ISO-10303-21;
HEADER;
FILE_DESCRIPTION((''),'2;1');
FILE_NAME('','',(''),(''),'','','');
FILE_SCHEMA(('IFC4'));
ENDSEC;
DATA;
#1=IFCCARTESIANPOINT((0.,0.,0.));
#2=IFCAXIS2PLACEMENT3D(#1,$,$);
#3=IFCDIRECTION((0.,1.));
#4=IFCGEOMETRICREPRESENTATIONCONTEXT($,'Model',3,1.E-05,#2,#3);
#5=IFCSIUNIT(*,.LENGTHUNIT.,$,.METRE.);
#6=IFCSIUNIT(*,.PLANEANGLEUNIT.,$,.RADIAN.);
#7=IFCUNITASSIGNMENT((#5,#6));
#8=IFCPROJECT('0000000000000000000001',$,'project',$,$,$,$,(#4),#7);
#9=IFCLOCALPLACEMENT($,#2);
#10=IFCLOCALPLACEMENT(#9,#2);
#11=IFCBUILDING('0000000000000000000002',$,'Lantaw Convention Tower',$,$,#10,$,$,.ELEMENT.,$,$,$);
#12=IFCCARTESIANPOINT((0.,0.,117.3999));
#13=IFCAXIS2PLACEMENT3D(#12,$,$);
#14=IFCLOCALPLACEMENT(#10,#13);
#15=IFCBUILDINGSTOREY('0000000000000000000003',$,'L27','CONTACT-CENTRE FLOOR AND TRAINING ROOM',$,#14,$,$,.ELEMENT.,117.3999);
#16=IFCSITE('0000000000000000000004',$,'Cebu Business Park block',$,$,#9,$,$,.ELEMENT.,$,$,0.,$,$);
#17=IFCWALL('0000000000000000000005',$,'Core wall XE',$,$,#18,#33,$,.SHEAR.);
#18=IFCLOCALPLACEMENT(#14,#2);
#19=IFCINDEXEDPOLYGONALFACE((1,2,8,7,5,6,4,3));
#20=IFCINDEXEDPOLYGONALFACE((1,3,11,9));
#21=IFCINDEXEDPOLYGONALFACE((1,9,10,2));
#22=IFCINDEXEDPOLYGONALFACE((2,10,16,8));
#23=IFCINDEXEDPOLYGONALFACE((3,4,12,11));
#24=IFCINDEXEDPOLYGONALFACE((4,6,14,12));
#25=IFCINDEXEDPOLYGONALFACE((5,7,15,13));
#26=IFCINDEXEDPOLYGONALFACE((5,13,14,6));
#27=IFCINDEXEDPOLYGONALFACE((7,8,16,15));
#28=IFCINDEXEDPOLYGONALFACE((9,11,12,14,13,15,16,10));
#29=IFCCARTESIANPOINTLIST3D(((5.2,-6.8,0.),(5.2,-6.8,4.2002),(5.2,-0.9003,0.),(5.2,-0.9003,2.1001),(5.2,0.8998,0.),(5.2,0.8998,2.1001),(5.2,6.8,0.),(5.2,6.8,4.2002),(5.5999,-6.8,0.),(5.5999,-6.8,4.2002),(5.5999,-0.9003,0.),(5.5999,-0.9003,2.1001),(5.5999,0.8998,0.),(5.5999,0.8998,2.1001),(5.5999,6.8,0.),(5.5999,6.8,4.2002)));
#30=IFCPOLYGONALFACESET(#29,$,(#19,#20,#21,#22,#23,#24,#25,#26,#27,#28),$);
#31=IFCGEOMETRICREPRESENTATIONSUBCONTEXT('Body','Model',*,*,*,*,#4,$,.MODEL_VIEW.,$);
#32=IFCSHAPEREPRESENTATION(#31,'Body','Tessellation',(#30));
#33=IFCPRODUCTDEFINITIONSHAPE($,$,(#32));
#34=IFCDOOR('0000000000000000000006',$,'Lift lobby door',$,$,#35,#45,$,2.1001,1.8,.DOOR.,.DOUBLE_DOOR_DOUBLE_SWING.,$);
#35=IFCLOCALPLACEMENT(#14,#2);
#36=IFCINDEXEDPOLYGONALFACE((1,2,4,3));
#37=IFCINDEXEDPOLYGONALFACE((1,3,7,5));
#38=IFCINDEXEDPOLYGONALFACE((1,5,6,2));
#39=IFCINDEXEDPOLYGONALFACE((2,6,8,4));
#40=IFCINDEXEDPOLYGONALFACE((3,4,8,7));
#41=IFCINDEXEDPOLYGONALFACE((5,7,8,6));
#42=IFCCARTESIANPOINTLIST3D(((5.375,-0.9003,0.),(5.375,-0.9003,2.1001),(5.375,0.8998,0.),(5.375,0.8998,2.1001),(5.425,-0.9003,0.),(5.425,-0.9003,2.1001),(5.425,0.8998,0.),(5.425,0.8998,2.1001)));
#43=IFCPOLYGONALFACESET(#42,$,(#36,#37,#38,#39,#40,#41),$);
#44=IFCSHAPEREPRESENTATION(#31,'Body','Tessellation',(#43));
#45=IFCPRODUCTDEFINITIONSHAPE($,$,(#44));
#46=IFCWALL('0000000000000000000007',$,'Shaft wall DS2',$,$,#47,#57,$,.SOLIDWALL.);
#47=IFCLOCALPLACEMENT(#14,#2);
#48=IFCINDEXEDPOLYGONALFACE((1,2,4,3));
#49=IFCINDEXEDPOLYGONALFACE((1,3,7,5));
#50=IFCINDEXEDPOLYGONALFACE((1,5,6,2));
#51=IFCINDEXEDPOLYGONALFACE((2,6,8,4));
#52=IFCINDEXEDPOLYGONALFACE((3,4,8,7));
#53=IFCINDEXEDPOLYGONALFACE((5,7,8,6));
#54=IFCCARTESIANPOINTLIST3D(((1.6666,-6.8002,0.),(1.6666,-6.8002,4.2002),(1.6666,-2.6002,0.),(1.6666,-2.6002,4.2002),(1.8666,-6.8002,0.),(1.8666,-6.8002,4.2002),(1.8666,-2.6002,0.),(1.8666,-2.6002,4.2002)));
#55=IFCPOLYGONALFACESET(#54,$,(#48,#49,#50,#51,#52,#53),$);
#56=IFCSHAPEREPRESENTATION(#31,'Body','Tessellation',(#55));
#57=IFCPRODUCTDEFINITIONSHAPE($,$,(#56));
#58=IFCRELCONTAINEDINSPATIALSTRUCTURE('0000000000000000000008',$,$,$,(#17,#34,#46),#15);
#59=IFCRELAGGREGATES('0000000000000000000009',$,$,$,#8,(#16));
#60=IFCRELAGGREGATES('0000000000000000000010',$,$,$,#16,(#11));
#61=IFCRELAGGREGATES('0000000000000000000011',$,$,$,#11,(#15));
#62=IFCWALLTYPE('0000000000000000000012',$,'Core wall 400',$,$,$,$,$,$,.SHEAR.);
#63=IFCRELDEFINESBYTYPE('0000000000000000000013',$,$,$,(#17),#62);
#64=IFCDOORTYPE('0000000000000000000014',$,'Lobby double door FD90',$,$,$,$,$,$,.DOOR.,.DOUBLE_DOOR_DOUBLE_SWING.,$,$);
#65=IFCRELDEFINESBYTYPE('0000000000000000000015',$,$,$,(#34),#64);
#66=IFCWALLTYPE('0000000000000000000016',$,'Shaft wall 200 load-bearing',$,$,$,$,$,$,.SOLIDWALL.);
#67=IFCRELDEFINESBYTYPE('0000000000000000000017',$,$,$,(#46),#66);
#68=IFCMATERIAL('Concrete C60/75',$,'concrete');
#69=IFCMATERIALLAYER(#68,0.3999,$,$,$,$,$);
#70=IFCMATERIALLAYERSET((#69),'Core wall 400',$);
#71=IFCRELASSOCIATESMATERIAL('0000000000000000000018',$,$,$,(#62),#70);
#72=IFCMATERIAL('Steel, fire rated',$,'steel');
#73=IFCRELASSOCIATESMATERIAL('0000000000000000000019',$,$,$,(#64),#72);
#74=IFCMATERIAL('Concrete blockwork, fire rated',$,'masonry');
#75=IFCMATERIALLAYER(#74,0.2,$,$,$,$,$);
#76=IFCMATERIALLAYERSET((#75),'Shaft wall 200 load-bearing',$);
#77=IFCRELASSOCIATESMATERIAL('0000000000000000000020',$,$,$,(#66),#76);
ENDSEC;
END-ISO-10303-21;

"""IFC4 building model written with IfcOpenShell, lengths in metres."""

from ifc_helpers import new_model, si_unit, direction, frame, frame_2d, origin, place, context, subcontext, project, spatial, rectangle, extrude, material, layer, layer_set, type_object, element, fill, save


model = new_model("IFC4")

# Units and contexts
model_context = context("Model", 3, precision=1e-05, world=origin(), true_north=direction((0.0, 1.0)))
body_context = subcontext(model_context, "Body", "Model", "MODEL_VIEW")
ifc_project = project(units=[si_unit("LENGTHUNIT", "METRE"), si_unit("PLANEANGLEUNIT", "RADIAN")], contexts=[model_context])

# Site, building, storey
site_placement = place(None, origin())
site = spatial("IfcSite", under=ifc_project, at=site_placement, Name="Cebu Business Park block", CompositionType="ELEMENT", RefElevation=0.0)
building_placement = place(site_placement, origin())
building = spatial("IfcBuilding", under=site, at=building_placement, Name="Lantaw Convention Tower", CompositionType="ELEMENT")
storey_placement = place(building_placement, frame((0.0, 0.0, 117.3999)))
storey = spatial("IfcBuildingStorey", under=building, at=storey_placement, Name="L27", Description="CONTACT-CENTRE FLOOR AND TRAINING ROOM", CompositionType="ELEMENT", Elevation=117.3999)

# Wall, opening, door
ifc_material_1 = material(Name="Concrete C60/75", Category="concrete")
ifc_material_2 = material(Name="Steel, fire rated", Category="steel")
ifc_layer_1 = layer(ifc_material_1, 0.3999)
ifc_layer_set_1 = layer_set([ifc_layer_1], Name="Core wall 400")
wall_type_1 = type_object("IfcWallType", Name="Core wall 400", PredefinedType="SHEAR", material=ifc_layer_set_1)
wall_1_placement = place(storey_placement, frame((5.3999, -6.8, 0.0), z_axis=(0.0, 0.0, 1.0), x_axis=(0.0, 1.0, 0.0)))
wall_1 = element("IfcWall", 1, at=wall_1_placement, inside=storey, type_object=wall_type_1, Name="Core wall XE", PredefinedType="SHEAR", context=body_context, shape_type="SweptSolid", body=[
    extrude(rectangle(XDim=13.6001, YDim=0.3999, at=frame_2d((6.8, 0.0))), origin(), (0.0, 0.0, 1.0), 4.2002),
])
opening_1_placement = place(wall_1_placement, frame((5.8999, 0.0, 0.0)))
opening_1 = element("IfcOpeningElement", 2, at=opening_1_placement, cuts=wall_1, PredefinedType="OPENING", context=body_context, shape_type="SweptSolid", body=[
    extrude(rectangle(XDim=1.8, YDim=2.1001, at=frame_2d((0.8999, 1.05))), frame((0.0, 0.21, 0.0), z_axis=(0.0, -1.0, 0.0), x_axis=(1.0, 0.0, 0.0)), (0.0, 0.0, 1.0), 0.4199),
])
door_type_1 = type_object("IfcDoorType", Name="Lobby double door FD90", OperationType="DOUBLE_DOOR_DOUBLE_SWING", PredefinedType="DOOR", material=ifc_material_2)
door_1_placement = place(opening_1_placement, origin())
door_1 = element("IfcDoor", 3, at=door_1_placement, inside=storey, type_object=door_type_1, Name="Lift lobby door", OperationType="DOUBLE_DOOR_DOUBLE_SWING", OverallHeight=2.1001, OverallWidth=1.8, PredefinedType="DOOR", context=body_context, shape_type="SweptSolid", body=[
    extrude(rectangle(XDim=1.8, YDim=2.1001, at=frame_2d((0.8999, 1.05))), frame((0.0, 0.0249, 0.0), z_axis=(0.0, -1.0, 0.0), x_axis=(1.0, 0.0, 0.0)), (0.0, 0.0, 1.0), 0.05),
])
fill(opening_1, door_1)

# Wall
ifc_material_3 = material(Name="Concrete blockwork, fire rated", Category="masonry")
ifc_layer_2 = layer(ifc_material_3, 0.2)
ifc_layer_set_2 = layer_set([ifc_layer_2], Name="Shaft wall 200 load-bearing")
wall_type_2 = type_object("IfcWallType", Name="Shaft wall 200 load-bearing", PredefinedType="SOLIDWALL", material=ifc_layer_set_2)
wall_2_placement = place(storey_placement, frame((1.7666, -2.6001, 0.0), z_axis=(0.0, 0.0, 1.0), x_axis=(0.0, -1.0, 0.0)))
element("IfcWall", 4, at=wall_2_placement, inside=storey, type_object=wall_type_2, Name="Shaft wall DS2", PredefinedType="SOLIDWALL", context=body_context, shape_type="SweptSolid", body=[
    extrude(rectangle(XDim=4.2, YDim=0.2, at=frame_2d((2.1001, 0.0))), origin(), (0.0, 0.0, 1.0), 4.2002),
])

save(model, "model.ifc")
